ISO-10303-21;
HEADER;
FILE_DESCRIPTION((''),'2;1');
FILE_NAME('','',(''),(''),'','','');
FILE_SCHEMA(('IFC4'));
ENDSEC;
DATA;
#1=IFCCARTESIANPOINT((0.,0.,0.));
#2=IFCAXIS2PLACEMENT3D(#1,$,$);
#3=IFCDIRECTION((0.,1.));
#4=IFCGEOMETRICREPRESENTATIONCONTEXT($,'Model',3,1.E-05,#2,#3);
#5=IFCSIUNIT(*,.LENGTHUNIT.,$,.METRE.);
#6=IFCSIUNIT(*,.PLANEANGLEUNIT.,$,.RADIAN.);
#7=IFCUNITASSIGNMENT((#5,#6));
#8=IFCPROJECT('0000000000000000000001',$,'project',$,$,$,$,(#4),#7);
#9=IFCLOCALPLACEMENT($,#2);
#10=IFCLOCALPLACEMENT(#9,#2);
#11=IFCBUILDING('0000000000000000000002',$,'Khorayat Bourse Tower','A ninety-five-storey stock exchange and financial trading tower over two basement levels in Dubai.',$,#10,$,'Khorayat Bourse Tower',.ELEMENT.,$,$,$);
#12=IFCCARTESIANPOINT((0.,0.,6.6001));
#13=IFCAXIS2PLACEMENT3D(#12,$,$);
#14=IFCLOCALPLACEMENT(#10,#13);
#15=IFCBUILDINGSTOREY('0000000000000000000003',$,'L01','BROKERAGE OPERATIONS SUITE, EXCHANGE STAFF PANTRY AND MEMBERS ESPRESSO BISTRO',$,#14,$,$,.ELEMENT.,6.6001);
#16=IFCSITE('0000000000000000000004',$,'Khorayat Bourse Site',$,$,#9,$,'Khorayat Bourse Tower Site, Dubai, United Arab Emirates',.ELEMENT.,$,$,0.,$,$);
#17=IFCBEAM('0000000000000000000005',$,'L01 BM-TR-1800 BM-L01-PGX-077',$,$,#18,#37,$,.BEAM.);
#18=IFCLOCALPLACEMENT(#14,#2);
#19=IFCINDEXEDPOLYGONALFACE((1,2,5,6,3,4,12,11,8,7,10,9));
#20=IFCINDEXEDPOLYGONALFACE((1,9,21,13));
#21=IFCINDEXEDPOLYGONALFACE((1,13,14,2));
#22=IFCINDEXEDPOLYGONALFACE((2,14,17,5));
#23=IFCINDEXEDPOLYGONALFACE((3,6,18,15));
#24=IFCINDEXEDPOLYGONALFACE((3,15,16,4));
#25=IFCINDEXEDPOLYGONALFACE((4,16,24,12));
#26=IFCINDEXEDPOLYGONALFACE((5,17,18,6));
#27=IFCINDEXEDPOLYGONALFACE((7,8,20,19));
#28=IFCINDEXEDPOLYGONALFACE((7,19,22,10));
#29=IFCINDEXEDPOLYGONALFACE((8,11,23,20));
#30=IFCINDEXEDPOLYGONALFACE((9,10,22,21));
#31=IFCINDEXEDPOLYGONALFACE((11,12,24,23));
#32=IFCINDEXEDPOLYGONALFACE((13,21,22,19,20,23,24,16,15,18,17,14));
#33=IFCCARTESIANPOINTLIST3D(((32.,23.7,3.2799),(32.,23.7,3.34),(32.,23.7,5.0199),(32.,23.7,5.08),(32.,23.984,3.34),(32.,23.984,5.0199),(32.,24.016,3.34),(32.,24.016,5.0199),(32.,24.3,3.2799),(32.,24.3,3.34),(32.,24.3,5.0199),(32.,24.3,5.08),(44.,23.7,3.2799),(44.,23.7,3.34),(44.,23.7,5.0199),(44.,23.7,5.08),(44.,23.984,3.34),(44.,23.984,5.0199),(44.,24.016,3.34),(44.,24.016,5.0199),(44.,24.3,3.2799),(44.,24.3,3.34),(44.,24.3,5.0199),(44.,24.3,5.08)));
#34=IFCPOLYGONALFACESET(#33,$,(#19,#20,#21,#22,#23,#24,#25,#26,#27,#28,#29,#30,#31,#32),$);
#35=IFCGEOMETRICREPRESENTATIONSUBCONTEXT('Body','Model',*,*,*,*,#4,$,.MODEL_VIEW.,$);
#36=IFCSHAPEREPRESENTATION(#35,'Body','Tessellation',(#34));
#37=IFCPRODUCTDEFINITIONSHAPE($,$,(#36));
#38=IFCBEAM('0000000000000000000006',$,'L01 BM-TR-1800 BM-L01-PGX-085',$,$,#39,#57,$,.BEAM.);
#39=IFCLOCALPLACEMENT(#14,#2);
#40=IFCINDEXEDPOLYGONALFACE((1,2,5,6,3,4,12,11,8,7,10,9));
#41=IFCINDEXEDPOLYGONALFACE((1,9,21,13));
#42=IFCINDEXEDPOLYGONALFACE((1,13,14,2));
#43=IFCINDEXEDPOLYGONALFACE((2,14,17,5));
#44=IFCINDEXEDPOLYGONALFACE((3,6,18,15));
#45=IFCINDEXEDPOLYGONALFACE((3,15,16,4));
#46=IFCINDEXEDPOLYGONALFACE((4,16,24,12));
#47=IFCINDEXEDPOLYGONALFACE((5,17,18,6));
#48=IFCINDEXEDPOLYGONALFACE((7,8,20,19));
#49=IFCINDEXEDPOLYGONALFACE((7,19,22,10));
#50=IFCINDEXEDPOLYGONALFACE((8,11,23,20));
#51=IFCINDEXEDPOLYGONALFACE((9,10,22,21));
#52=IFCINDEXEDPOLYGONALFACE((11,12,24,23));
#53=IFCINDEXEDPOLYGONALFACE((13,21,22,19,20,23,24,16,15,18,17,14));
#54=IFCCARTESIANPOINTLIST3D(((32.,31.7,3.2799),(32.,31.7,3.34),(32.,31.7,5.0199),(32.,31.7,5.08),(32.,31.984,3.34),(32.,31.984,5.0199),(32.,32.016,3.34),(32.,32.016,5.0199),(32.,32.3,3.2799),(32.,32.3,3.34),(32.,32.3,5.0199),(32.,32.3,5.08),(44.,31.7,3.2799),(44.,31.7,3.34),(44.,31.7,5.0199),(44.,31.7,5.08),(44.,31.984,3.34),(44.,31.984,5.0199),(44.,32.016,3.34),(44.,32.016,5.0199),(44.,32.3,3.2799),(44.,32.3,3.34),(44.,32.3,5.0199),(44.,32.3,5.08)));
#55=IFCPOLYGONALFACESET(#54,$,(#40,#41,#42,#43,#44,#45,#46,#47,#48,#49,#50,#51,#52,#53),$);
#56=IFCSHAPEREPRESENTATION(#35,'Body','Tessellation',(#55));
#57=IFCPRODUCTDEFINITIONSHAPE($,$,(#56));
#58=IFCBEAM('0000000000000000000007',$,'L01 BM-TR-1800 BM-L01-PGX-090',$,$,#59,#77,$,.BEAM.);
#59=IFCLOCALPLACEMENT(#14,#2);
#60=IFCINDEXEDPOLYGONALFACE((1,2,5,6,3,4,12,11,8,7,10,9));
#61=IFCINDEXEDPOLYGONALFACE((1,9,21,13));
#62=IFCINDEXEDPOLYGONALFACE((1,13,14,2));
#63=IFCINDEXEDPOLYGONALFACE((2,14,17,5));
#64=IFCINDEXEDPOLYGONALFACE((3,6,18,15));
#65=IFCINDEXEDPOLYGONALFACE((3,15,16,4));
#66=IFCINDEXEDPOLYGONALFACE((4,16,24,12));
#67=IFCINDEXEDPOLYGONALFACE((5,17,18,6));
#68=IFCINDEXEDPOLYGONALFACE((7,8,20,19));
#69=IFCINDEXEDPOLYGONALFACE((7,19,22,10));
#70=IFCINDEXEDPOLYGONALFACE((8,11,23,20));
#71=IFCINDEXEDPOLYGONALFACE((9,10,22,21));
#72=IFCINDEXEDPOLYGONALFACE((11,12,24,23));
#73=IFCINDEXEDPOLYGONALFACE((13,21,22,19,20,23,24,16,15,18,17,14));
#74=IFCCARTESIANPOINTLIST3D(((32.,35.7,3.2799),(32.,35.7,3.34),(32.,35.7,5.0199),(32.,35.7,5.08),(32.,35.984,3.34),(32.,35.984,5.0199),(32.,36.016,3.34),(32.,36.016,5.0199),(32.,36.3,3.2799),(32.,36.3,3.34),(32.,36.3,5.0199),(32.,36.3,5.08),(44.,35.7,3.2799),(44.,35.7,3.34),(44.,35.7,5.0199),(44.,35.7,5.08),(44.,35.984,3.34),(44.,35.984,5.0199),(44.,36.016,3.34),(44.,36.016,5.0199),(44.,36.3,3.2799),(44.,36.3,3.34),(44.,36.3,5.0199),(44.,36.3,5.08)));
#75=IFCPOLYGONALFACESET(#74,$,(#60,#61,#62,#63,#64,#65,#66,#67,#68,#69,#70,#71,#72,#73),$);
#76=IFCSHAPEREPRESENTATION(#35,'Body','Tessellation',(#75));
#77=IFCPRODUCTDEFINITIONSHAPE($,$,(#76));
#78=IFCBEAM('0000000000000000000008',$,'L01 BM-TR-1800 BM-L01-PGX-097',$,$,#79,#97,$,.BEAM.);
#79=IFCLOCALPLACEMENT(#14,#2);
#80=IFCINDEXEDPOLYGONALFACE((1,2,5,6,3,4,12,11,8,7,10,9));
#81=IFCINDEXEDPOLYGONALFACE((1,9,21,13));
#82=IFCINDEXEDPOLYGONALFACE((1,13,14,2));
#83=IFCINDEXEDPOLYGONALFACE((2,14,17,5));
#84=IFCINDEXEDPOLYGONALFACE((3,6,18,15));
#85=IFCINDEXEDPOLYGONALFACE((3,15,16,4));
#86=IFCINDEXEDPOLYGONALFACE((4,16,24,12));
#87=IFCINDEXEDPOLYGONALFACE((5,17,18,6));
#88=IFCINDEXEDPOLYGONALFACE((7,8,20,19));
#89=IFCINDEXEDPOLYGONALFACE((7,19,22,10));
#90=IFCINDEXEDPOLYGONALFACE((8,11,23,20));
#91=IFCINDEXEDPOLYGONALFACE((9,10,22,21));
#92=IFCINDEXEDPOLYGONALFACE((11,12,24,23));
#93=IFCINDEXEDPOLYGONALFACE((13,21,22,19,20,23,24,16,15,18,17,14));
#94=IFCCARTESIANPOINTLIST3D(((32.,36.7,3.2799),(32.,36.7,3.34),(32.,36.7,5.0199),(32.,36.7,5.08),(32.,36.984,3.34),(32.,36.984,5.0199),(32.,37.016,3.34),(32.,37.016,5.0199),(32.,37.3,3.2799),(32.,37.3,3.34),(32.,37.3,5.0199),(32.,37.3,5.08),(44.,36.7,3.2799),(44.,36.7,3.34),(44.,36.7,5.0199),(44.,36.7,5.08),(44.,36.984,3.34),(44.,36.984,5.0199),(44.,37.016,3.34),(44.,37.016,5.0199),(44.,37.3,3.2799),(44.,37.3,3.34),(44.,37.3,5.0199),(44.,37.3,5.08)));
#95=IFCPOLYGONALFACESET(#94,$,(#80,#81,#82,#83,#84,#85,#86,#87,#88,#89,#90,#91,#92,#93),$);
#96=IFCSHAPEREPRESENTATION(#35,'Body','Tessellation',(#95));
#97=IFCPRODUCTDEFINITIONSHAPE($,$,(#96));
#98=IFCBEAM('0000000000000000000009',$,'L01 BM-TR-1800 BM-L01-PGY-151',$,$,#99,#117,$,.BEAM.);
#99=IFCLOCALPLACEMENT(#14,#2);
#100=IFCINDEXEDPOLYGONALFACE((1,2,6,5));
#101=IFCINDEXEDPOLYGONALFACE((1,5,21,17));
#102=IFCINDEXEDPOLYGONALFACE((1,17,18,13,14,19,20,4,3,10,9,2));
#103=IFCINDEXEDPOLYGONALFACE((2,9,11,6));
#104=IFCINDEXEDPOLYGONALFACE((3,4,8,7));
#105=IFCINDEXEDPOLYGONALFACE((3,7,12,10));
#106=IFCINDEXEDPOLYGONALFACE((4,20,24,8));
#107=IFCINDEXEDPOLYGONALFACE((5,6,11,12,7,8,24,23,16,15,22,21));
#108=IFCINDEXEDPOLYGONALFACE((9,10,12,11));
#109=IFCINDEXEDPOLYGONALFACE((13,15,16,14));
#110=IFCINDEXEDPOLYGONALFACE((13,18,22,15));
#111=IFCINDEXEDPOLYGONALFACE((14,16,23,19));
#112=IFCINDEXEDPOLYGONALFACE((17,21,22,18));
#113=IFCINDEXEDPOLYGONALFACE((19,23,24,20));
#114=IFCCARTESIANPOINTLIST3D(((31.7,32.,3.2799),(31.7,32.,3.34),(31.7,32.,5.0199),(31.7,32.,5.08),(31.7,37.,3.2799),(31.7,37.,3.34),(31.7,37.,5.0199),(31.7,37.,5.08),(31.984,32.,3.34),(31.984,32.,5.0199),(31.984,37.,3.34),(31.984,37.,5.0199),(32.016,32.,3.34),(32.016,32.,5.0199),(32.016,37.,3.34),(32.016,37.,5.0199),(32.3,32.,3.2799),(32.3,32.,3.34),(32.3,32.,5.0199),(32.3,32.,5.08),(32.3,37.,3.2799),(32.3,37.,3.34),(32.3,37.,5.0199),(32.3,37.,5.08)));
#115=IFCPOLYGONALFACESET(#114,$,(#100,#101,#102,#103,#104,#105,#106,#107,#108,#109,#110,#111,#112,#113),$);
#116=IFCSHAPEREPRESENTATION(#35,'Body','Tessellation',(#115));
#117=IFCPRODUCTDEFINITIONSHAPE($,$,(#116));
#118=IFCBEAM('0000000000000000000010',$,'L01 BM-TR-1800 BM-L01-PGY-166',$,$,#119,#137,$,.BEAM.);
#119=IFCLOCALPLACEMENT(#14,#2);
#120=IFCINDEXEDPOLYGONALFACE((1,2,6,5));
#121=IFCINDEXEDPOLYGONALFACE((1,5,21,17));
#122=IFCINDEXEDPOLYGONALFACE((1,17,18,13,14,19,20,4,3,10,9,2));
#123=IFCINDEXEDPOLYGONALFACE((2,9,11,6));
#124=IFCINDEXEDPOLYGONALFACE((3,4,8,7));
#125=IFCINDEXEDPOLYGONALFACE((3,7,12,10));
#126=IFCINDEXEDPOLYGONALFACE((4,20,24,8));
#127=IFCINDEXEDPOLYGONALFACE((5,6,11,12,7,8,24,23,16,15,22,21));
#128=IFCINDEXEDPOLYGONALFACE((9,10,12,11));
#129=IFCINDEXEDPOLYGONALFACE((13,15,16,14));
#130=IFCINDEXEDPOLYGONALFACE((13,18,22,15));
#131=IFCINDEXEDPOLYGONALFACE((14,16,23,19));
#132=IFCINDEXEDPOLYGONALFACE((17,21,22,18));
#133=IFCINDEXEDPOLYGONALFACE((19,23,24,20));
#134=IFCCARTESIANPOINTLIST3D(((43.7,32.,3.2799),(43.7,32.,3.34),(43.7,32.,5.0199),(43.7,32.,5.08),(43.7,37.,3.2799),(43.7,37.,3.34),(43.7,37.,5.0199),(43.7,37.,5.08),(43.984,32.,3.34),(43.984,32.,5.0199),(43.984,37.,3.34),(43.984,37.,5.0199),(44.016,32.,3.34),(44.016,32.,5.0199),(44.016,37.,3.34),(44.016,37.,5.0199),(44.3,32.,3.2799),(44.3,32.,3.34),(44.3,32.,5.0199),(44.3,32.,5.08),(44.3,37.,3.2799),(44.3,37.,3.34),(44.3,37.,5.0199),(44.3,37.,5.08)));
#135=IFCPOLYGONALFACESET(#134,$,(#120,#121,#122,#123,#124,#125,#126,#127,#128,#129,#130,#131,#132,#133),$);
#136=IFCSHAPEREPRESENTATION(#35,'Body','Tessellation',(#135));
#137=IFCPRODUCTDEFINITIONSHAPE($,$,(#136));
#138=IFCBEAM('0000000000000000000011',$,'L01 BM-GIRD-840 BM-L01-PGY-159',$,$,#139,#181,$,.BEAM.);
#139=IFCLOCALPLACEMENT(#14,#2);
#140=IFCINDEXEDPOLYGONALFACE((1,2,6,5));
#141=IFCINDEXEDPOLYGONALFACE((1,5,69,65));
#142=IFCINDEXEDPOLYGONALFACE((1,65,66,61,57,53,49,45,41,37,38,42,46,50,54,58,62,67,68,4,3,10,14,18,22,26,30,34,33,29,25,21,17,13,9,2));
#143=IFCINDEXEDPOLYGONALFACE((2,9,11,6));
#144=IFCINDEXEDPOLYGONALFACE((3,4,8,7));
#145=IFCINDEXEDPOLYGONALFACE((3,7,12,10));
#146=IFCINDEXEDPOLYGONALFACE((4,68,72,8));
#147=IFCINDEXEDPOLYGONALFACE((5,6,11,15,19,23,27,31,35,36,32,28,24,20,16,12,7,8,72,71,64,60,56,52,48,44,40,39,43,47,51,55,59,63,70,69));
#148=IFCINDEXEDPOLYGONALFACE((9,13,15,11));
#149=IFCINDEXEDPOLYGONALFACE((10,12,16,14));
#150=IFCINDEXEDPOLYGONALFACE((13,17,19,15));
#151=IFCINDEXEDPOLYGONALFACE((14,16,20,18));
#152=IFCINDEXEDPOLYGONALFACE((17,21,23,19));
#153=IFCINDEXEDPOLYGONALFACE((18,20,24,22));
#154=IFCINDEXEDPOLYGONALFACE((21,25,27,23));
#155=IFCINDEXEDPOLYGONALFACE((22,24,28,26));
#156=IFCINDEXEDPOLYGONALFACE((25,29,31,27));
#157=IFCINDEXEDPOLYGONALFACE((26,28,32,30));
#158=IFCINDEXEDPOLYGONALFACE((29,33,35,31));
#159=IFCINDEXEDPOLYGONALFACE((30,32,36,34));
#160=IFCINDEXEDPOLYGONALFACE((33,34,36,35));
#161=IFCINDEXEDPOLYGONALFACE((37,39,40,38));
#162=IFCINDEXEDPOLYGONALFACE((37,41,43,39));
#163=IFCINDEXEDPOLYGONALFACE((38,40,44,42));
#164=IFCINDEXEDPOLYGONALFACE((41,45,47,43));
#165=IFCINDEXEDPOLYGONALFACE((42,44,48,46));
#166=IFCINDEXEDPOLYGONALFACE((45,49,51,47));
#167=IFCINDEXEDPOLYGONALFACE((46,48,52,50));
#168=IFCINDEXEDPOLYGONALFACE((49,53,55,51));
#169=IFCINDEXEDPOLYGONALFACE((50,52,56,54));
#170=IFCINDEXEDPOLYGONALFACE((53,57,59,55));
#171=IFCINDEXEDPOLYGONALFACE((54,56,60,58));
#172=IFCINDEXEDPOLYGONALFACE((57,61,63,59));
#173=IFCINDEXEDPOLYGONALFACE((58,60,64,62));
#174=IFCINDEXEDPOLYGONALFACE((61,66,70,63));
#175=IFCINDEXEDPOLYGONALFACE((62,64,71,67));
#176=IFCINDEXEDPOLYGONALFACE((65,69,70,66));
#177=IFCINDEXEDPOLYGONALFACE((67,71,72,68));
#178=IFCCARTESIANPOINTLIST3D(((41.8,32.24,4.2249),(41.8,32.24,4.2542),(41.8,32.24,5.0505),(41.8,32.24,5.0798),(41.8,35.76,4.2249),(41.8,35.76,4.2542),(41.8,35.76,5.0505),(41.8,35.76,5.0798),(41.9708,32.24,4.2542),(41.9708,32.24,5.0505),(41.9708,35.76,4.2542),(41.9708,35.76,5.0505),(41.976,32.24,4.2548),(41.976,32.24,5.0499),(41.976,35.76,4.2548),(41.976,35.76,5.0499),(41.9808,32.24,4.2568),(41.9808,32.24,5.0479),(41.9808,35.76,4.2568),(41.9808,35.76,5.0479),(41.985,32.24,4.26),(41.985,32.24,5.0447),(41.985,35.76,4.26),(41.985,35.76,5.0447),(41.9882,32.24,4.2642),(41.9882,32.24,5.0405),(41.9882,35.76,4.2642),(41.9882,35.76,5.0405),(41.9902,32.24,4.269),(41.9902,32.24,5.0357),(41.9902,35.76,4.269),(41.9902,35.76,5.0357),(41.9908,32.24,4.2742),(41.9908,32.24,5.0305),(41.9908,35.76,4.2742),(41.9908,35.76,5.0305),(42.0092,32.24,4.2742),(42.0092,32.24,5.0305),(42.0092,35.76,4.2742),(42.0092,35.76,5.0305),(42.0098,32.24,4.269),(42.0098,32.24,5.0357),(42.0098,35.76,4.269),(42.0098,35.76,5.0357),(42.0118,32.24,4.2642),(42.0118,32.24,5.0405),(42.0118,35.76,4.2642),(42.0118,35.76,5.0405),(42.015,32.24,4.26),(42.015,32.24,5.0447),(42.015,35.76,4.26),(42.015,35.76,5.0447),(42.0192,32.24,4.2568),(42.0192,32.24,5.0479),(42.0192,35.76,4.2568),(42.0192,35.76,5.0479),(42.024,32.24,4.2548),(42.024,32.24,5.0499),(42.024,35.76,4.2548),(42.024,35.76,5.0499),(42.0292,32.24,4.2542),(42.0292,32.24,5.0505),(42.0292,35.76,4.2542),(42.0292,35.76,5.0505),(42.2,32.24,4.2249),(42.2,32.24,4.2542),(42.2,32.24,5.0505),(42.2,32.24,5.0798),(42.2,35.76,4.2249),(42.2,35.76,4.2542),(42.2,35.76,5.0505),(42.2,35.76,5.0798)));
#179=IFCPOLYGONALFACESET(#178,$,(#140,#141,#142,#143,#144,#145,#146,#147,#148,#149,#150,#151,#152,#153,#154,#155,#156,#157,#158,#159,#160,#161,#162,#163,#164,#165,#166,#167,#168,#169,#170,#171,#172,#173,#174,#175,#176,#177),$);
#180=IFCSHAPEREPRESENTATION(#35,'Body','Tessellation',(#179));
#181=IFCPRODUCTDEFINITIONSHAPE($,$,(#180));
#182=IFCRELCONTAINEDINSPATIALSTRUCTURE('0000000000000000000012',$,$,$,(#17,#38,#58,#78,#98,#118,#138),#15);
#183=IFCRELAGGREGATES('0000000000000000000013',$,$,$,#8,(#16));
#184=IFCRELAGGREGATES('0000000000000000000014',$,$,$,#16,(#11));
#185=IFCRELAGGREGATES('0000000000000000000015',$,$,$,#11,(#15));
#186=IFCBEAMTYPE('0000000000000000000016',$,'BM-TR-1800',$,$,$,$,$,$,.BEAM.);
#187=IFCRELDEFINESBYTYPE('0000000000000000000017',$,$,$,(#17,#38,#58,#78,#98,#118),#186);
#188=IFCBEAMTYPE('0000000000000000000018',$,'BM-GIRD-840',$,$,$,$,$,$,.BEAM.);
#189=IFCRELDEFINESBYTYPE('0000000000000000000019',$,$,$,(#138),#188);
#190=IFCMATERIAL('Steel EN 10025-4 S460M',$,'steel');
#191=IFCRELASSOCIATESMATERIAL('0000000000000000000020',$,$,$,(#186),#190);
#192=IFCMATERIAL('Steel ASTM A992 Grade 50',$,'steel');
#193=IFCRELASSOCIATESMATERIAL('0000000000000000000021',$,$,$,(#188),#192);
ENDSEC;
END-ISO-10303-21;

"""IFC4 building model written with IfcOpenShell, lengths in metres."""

from ifc_helpers import new_model, si_unit, direction, frame, origin, origin_2d, place, context, subcontext, project, spatial, i_section, extrude, source, transform, mapped, material, material_profile, profile_set, type_object, element, save


model = new_model("IFC4")

# Units and contexts
model_context = context("Model", 3, precision=1e-05, world=origin(), true_north=direction((0.0, 1.0)))
body_context = subcontext(model_context, "Body", "Model", "MODEL_VIEW")
ifc_project = project(units=[si_unit("LENGTHUNIT", "METRE"), si_unit("PLANEANGLEUNIT", "RADIAN")], contexts=[model_context])

# Site, building, storey
site_placement = place(None, origin())
site = spatial("IfcSite", under=ifc_project, at=site_placement, Name="Khorayat Bourse Site", LongName="Khorayat Bourse Tower Site, Dubai, United Arab Emirates", CompositionType="ELEMENT", RefElevation=0.0)
building_placement = place(site_placement, origin())
building = spatial("IfcBuilding", under=site, at=building_placement, Name="Khorayat Bourse Tower", Description="A ninety-five-storey stock exchange and financial trading tower over two basement levels in Dubai.", LongName="Khorayat Bourse Tower", CompositionType="ELEMENT")
storey_placement = place(building_placement, frame((0.0, 0.0, 6.6001)))
storey = spatial("IfcBuildingStorey", under=building, at=storey_placement, Name="L01", Description="BROKERAGE OPERATIONS SUITE, EXCHANGE STAFF PANTRY AND MEMBERS ESPRESSO BISTRO", CompositionType="ELEMENT", Elevation=6.6001)

# Beams
ifc_material_1 = material(Name="Steel EN 10025-4 S460M", Category="steel")
ifc_material_profile_1 = material_profile(ifc_material_1, i_section(OverallWidth=0.6001, OverallDepth=1.8, WebThickness=0.032, FlangeThickness=0.0601, at=origin_2d()), Name="PG 1800x600x32x60")
ifc_profile_set_1 = profile_set([ifc_material_profile_1], Name="Steel EN 10025-4 S460M")
beam_type_1 = type_object("IfcBeamType", Name="BM-TR-1800", PredefinedType="BEAM", material=ifc_profile_set_1)
ifc_material_2 = material(Name="Steel ASTM A992 Grade 50", Category="steel")
ifc_material_profile_2 = material_profile(ifc_material_2, i_section(OverallWidth=0.3999, OverallDepth=0.855, WebThickness=0.0183, FlangeThickness=0.0293, FilletRadius=0.02, at=origin_2d()), Name="W840X299")
ifc_profile_set_2 = profile_set([ifc_material_profile_2], Name="Steel ASTM A992 Grade 50")
beam_type_2 = type_object("IfcBeamType", Name="BM-GIRD-840", PredefinedType="BEAM", material=ifc_profile_set_2)
shared_shape_1 = source(origin(), body_context, "Body", "SweptSolid", [
    extrude(i_section(OverallWidth=0.6001, OverallDepth=1.8, WebThickness=0.032, FlangeThickness=0.0601, at=origin_2d()), origin(), (0.0, 0.0, 1.0), 12.0),
])
for number, where, z_axis, x_axis, name in (
    (1, (32.0, 24.0, 4.1799), (1.0, 0.0, 0.0), (0.0, 1.0, 0.0), "L01 BM-TR-1800 BM-L01-PGX-077"),
    (2, (32.0, 32.0, 4.1799), (1.0, 0.0, 0.0), (0.0, 1.0, 0.0), "L01 BM-TR-1800 BM-L01-PGX-085"),
    (3, (32.0, 36.0, 4.1799), (1.0, 0.0, 0.0), (0.0, 1.0, 0.0), "L01 BM-TR-1800 BM-L01-PGX-090"),
    (4, (32.0, 37.0, 4.1799), (1.0, 0.0, 0.0), (0.0, 1.0, 0.0), "L01 BM-TR-1800 BM-L01-PGX-097"),
):
    element("IfcBeam", number, at=place(storey_placement, frame(where, z_axis=z_axis, x_axis=x_axis)), inside=storey, type_object=beam_type_1, Name=name, PredefinedType="BEAM", context=body_context, shape_type="MappedRepresentation", body=[
        mapped(shared_shape_1, transform((0.0, 0.0, 0.0), scale=1.0)),
    ])
shared_shape_2 = source(origin(), body_context, "Body", "SweptSolid", [
    extrude(i_section(OverallWidth=0.6001, OverallDepth=1.8, WebThickness=0.032, FlangeThickness=0.0601, at=origin_2d()), origin(), (0.0, 0.0, 1.0), 5.0),
])
for number, where, z_axis, x_axis, name in (
    (5, (32.0, 32.0, 4.1799), (0.0, 1.0, 0.0), (-1.0, 0.0, 0.0), "L01 BM-TR-1800 BM-L01-PGY-151"),
    (6, (44.0, 32.0, 4.1799), (0.0, 1.0, 0.0), (-1.0, 0.0, 0.0), "L01 BM-TR-1800 BM-L01-PGY-166"),
):
    element("IfcBeam", number, at=place(storey_placement, frame(where, z_axis=z_axis, x_axis=x_axis)), inside=storey, type_object=beam_type_1, Name=name, PredefinedType="BEAM", context=body_context, shape_type="MappedRepresentation", body=[
        mapped(shared_shape_2, transform((0.0, 0.0, 0.0), scale=1.0)),
    ])
shared_shape_3 = source(origin(), body_context, "Body", "SweptSolid", [
    extrude(i_section(OverallWidth=0.3999, OverallDepth=0.855, WebThickness=0.0183, FlangeThickness=0.0293, FilletRadius=0.02, at=origin_2d()), origin(), (0.0, 0.0, 1.0), 3.52),
])
beam_1_placement = place(storey_placement, frame((42.0, 32.24, 4.6523), z_axis=(0.0, 1.0, 0.0), x_axis=(-1.0, 0.0, 0.0)))
element("IfcBeam", 7, at=beam_1_placement, inside=storey, type_object=beam_type_2, Name="L01 BM-GIRD-840 BM-L01-PGY-159", PredefinedType="BEAM", context=body_context, shape_type="MappedRepresentation", body=[
    mapped(shared_shape_3, transform((0.0, 0.0, 0.0), scale=1.0)),
])

save(model, "model.ifc")
